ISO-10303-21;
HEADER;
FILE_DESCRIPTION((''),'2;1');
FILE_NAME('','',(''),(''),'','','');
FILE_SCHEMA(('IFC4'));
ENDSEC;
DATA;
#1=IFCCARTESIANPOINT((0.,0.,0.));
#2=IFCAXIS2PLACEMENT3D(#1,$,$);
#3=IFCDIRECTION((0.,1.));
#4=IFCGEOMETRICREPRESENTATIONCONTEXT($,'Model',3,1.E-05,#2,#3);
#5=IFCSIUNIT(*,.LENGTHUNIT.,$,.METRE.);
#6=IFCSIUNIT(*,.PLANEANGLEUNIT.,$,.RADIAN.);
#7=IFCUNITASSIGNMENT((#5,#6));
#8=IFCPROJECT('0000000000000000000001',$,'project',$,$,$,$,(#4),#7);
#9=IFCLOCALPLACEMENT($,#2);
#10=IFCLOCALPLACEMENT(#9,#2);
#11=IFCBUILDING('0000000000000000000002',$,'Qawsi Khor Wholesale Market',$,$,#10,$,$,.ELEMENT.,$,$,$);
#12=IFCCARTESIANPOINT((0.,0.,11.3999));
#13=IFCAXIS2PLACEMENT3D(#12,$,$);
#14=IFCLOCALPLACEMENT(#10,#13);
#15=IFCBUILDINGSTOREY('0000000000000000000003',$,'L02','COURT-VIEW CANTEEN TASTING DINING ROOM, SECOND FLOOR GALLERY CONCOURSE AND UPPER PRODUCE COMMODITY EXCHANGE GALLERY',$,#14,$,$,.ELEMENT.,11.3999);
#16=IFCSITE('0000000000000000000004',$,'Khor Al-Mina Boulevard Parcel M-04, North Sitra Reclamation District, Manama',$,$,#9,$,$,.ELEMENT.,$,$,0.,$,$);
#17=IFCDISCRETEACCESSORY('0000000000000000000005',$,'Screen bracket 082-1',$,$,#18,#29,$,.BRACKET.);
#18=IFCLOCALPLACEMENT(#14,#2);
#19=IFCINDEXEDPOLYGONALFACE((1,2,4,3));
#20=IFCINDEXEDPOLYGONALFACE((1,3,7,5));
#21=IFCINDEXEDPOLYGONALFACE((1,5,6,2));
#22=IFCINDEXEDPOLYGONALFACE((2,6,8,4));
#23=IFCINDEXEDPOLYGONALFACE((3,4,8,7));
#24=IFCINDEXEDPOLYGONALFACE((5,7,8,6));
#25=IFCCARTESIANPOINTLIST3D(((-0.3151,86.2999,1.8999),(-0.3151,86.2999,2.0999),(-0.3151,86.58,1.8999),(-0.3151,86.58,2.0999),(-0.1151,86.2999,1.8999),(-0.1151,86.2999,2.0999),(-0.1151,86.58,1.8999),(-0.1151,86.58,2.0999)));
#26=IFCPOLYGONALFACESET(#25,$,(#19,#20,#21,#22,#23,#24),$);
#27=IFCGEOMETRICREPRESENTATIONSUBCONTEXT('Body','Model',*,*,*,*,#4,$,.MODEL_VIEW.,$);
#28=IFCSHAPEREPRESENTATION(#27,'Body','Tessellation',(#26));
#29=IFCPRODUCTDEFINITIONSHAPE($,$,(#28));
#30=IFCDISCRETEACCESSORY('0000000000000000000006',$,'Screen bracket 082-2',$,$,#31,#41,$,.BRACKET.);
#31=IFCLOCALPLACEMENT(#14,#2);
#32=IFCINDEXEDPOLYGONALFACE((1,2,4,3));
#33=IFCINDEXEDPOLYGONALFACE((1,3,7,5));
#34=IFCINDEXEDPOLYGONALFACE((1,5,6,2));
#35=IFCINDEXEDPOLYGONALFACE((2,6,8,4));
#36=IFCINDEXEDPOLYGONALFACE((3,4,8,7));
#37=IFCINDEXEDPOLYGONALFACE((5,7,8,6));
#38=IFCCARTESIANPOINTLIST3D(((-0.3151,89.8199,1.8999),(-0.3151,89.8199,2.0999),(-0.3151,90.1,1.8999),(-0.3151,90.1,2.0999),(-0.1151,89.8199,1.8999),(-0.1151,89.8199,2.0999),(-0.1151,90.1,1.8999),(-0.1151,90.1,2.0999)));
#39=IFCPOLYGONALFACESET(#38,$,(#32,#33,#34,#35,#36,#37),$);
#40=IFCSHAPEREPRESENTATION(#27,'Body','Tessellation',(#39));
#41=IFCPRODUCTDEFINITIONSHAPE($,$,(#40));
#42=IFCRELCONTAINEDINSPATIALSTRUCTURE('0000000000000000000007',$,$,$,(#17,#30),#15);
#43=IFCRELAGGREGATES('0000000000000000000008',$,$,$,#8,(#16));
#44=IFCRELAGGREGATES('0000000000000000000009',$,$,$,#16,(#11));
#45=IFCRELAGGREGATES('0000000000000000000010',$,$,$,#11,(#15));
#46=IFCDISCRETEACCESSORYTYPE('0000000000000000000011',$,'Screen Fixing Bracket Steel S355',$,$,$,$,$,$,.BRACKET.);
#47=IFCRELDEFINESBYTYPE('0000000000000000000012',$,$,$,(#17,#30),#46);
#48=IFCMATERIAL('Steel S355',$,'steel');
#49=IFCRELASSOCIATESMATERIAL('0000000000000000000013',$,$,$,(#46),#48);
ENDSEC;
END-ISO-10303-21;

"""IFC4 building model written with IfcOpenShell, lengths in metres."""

from ifc_helpers import new_model, si_unit, direction, frame, origin, origin_2d, place, context, subcontext, project, spatial, rectangle, extrude, material, type_object, element, save


model = new_model("IFC4")

# Units and contexts
model_context = context("Model", 3, precision=1e-05, world=origin(), true_north=direction((0.0, 1.0)))
body_context = subcontext(model_context, "Body", "Model", "MODEL_VIEW")
ifc_project = project(units=[si_unit("LENGTHUNIT", "METRE"), si_unit("PLANEANGLEUNIT", "RADIAN")], contexts=[model_context])

# Site, building, storey
site_placement = place(None, origin())
site = spatial("IfcSite", under=ifc_project, at=site_placement, Name="Khor Al-Mina Boulevard Parcel M-04, North Sitra Reclamation District, Manama", CompositionType="ELEMENT", RefElevation=0.0)
building_placement = place(site_placement, origin())
building = spatial("IfcBuilding", under=site, at=building_placement, Name="Qawsi Khor Wholesale Market", CompositionType="ELEMENT")
storey_placement = place(building_placement, frame((0.0, 0.0, 11.3999)))
storey = spatial("IfcBuildingStorey", under=building, at=storey_placement, Name="L02", Description="COURT-VIEW CANTEEN TASTING DINING ROOM, SECOND FLOOR GALLERY CONCOURSE AND UPPER PRODUCE COMMODITY EXCHANGE GALLERY", CompositionType="ELEMENT", Elevation=11.3999)

# Shared definitions
ifc_material_1 = material(Name="Steel S355", Category="steel")

# Discrete accessories
discrete_accessory_type = type_object("IfcDiscreteAccessoryType", Name="Screen Fixing Bracket Steel S355", PredefinedType="BRACKET", material=ifc_material_1)
for number, where, z_axis, x_axis, name in (
    (1, (-0.2151, 86.4399, 1.8999), (0.0, 0.0, 1.0), (1.0, 0.0, 0.0), "Screen bracket 082-1"),
    (2, (-0.2151, 89.96, 1.8999), (0.0, 0.0, 1.0), (1.0, 0.0, 0.0), "Screen bracket 082-2"),
):
    element("IfcDiscreteAccessory", number, at=place(storey_placement, frame(where, z_axis=z_axis, x_axis=x_axis)), inside=storey, type_object=discrete_accessory_type, Name=name, PredefinedType="BRACKET", context=body_context, shape_type="SweptSolid", body=[
        extrude(rectangle(XDim=0.2, YDim=0.28, at=origin_2d()), origin(), (0.0, 0.0, 1.0), 0.2),
    ])

save(model, "model.ifc")
